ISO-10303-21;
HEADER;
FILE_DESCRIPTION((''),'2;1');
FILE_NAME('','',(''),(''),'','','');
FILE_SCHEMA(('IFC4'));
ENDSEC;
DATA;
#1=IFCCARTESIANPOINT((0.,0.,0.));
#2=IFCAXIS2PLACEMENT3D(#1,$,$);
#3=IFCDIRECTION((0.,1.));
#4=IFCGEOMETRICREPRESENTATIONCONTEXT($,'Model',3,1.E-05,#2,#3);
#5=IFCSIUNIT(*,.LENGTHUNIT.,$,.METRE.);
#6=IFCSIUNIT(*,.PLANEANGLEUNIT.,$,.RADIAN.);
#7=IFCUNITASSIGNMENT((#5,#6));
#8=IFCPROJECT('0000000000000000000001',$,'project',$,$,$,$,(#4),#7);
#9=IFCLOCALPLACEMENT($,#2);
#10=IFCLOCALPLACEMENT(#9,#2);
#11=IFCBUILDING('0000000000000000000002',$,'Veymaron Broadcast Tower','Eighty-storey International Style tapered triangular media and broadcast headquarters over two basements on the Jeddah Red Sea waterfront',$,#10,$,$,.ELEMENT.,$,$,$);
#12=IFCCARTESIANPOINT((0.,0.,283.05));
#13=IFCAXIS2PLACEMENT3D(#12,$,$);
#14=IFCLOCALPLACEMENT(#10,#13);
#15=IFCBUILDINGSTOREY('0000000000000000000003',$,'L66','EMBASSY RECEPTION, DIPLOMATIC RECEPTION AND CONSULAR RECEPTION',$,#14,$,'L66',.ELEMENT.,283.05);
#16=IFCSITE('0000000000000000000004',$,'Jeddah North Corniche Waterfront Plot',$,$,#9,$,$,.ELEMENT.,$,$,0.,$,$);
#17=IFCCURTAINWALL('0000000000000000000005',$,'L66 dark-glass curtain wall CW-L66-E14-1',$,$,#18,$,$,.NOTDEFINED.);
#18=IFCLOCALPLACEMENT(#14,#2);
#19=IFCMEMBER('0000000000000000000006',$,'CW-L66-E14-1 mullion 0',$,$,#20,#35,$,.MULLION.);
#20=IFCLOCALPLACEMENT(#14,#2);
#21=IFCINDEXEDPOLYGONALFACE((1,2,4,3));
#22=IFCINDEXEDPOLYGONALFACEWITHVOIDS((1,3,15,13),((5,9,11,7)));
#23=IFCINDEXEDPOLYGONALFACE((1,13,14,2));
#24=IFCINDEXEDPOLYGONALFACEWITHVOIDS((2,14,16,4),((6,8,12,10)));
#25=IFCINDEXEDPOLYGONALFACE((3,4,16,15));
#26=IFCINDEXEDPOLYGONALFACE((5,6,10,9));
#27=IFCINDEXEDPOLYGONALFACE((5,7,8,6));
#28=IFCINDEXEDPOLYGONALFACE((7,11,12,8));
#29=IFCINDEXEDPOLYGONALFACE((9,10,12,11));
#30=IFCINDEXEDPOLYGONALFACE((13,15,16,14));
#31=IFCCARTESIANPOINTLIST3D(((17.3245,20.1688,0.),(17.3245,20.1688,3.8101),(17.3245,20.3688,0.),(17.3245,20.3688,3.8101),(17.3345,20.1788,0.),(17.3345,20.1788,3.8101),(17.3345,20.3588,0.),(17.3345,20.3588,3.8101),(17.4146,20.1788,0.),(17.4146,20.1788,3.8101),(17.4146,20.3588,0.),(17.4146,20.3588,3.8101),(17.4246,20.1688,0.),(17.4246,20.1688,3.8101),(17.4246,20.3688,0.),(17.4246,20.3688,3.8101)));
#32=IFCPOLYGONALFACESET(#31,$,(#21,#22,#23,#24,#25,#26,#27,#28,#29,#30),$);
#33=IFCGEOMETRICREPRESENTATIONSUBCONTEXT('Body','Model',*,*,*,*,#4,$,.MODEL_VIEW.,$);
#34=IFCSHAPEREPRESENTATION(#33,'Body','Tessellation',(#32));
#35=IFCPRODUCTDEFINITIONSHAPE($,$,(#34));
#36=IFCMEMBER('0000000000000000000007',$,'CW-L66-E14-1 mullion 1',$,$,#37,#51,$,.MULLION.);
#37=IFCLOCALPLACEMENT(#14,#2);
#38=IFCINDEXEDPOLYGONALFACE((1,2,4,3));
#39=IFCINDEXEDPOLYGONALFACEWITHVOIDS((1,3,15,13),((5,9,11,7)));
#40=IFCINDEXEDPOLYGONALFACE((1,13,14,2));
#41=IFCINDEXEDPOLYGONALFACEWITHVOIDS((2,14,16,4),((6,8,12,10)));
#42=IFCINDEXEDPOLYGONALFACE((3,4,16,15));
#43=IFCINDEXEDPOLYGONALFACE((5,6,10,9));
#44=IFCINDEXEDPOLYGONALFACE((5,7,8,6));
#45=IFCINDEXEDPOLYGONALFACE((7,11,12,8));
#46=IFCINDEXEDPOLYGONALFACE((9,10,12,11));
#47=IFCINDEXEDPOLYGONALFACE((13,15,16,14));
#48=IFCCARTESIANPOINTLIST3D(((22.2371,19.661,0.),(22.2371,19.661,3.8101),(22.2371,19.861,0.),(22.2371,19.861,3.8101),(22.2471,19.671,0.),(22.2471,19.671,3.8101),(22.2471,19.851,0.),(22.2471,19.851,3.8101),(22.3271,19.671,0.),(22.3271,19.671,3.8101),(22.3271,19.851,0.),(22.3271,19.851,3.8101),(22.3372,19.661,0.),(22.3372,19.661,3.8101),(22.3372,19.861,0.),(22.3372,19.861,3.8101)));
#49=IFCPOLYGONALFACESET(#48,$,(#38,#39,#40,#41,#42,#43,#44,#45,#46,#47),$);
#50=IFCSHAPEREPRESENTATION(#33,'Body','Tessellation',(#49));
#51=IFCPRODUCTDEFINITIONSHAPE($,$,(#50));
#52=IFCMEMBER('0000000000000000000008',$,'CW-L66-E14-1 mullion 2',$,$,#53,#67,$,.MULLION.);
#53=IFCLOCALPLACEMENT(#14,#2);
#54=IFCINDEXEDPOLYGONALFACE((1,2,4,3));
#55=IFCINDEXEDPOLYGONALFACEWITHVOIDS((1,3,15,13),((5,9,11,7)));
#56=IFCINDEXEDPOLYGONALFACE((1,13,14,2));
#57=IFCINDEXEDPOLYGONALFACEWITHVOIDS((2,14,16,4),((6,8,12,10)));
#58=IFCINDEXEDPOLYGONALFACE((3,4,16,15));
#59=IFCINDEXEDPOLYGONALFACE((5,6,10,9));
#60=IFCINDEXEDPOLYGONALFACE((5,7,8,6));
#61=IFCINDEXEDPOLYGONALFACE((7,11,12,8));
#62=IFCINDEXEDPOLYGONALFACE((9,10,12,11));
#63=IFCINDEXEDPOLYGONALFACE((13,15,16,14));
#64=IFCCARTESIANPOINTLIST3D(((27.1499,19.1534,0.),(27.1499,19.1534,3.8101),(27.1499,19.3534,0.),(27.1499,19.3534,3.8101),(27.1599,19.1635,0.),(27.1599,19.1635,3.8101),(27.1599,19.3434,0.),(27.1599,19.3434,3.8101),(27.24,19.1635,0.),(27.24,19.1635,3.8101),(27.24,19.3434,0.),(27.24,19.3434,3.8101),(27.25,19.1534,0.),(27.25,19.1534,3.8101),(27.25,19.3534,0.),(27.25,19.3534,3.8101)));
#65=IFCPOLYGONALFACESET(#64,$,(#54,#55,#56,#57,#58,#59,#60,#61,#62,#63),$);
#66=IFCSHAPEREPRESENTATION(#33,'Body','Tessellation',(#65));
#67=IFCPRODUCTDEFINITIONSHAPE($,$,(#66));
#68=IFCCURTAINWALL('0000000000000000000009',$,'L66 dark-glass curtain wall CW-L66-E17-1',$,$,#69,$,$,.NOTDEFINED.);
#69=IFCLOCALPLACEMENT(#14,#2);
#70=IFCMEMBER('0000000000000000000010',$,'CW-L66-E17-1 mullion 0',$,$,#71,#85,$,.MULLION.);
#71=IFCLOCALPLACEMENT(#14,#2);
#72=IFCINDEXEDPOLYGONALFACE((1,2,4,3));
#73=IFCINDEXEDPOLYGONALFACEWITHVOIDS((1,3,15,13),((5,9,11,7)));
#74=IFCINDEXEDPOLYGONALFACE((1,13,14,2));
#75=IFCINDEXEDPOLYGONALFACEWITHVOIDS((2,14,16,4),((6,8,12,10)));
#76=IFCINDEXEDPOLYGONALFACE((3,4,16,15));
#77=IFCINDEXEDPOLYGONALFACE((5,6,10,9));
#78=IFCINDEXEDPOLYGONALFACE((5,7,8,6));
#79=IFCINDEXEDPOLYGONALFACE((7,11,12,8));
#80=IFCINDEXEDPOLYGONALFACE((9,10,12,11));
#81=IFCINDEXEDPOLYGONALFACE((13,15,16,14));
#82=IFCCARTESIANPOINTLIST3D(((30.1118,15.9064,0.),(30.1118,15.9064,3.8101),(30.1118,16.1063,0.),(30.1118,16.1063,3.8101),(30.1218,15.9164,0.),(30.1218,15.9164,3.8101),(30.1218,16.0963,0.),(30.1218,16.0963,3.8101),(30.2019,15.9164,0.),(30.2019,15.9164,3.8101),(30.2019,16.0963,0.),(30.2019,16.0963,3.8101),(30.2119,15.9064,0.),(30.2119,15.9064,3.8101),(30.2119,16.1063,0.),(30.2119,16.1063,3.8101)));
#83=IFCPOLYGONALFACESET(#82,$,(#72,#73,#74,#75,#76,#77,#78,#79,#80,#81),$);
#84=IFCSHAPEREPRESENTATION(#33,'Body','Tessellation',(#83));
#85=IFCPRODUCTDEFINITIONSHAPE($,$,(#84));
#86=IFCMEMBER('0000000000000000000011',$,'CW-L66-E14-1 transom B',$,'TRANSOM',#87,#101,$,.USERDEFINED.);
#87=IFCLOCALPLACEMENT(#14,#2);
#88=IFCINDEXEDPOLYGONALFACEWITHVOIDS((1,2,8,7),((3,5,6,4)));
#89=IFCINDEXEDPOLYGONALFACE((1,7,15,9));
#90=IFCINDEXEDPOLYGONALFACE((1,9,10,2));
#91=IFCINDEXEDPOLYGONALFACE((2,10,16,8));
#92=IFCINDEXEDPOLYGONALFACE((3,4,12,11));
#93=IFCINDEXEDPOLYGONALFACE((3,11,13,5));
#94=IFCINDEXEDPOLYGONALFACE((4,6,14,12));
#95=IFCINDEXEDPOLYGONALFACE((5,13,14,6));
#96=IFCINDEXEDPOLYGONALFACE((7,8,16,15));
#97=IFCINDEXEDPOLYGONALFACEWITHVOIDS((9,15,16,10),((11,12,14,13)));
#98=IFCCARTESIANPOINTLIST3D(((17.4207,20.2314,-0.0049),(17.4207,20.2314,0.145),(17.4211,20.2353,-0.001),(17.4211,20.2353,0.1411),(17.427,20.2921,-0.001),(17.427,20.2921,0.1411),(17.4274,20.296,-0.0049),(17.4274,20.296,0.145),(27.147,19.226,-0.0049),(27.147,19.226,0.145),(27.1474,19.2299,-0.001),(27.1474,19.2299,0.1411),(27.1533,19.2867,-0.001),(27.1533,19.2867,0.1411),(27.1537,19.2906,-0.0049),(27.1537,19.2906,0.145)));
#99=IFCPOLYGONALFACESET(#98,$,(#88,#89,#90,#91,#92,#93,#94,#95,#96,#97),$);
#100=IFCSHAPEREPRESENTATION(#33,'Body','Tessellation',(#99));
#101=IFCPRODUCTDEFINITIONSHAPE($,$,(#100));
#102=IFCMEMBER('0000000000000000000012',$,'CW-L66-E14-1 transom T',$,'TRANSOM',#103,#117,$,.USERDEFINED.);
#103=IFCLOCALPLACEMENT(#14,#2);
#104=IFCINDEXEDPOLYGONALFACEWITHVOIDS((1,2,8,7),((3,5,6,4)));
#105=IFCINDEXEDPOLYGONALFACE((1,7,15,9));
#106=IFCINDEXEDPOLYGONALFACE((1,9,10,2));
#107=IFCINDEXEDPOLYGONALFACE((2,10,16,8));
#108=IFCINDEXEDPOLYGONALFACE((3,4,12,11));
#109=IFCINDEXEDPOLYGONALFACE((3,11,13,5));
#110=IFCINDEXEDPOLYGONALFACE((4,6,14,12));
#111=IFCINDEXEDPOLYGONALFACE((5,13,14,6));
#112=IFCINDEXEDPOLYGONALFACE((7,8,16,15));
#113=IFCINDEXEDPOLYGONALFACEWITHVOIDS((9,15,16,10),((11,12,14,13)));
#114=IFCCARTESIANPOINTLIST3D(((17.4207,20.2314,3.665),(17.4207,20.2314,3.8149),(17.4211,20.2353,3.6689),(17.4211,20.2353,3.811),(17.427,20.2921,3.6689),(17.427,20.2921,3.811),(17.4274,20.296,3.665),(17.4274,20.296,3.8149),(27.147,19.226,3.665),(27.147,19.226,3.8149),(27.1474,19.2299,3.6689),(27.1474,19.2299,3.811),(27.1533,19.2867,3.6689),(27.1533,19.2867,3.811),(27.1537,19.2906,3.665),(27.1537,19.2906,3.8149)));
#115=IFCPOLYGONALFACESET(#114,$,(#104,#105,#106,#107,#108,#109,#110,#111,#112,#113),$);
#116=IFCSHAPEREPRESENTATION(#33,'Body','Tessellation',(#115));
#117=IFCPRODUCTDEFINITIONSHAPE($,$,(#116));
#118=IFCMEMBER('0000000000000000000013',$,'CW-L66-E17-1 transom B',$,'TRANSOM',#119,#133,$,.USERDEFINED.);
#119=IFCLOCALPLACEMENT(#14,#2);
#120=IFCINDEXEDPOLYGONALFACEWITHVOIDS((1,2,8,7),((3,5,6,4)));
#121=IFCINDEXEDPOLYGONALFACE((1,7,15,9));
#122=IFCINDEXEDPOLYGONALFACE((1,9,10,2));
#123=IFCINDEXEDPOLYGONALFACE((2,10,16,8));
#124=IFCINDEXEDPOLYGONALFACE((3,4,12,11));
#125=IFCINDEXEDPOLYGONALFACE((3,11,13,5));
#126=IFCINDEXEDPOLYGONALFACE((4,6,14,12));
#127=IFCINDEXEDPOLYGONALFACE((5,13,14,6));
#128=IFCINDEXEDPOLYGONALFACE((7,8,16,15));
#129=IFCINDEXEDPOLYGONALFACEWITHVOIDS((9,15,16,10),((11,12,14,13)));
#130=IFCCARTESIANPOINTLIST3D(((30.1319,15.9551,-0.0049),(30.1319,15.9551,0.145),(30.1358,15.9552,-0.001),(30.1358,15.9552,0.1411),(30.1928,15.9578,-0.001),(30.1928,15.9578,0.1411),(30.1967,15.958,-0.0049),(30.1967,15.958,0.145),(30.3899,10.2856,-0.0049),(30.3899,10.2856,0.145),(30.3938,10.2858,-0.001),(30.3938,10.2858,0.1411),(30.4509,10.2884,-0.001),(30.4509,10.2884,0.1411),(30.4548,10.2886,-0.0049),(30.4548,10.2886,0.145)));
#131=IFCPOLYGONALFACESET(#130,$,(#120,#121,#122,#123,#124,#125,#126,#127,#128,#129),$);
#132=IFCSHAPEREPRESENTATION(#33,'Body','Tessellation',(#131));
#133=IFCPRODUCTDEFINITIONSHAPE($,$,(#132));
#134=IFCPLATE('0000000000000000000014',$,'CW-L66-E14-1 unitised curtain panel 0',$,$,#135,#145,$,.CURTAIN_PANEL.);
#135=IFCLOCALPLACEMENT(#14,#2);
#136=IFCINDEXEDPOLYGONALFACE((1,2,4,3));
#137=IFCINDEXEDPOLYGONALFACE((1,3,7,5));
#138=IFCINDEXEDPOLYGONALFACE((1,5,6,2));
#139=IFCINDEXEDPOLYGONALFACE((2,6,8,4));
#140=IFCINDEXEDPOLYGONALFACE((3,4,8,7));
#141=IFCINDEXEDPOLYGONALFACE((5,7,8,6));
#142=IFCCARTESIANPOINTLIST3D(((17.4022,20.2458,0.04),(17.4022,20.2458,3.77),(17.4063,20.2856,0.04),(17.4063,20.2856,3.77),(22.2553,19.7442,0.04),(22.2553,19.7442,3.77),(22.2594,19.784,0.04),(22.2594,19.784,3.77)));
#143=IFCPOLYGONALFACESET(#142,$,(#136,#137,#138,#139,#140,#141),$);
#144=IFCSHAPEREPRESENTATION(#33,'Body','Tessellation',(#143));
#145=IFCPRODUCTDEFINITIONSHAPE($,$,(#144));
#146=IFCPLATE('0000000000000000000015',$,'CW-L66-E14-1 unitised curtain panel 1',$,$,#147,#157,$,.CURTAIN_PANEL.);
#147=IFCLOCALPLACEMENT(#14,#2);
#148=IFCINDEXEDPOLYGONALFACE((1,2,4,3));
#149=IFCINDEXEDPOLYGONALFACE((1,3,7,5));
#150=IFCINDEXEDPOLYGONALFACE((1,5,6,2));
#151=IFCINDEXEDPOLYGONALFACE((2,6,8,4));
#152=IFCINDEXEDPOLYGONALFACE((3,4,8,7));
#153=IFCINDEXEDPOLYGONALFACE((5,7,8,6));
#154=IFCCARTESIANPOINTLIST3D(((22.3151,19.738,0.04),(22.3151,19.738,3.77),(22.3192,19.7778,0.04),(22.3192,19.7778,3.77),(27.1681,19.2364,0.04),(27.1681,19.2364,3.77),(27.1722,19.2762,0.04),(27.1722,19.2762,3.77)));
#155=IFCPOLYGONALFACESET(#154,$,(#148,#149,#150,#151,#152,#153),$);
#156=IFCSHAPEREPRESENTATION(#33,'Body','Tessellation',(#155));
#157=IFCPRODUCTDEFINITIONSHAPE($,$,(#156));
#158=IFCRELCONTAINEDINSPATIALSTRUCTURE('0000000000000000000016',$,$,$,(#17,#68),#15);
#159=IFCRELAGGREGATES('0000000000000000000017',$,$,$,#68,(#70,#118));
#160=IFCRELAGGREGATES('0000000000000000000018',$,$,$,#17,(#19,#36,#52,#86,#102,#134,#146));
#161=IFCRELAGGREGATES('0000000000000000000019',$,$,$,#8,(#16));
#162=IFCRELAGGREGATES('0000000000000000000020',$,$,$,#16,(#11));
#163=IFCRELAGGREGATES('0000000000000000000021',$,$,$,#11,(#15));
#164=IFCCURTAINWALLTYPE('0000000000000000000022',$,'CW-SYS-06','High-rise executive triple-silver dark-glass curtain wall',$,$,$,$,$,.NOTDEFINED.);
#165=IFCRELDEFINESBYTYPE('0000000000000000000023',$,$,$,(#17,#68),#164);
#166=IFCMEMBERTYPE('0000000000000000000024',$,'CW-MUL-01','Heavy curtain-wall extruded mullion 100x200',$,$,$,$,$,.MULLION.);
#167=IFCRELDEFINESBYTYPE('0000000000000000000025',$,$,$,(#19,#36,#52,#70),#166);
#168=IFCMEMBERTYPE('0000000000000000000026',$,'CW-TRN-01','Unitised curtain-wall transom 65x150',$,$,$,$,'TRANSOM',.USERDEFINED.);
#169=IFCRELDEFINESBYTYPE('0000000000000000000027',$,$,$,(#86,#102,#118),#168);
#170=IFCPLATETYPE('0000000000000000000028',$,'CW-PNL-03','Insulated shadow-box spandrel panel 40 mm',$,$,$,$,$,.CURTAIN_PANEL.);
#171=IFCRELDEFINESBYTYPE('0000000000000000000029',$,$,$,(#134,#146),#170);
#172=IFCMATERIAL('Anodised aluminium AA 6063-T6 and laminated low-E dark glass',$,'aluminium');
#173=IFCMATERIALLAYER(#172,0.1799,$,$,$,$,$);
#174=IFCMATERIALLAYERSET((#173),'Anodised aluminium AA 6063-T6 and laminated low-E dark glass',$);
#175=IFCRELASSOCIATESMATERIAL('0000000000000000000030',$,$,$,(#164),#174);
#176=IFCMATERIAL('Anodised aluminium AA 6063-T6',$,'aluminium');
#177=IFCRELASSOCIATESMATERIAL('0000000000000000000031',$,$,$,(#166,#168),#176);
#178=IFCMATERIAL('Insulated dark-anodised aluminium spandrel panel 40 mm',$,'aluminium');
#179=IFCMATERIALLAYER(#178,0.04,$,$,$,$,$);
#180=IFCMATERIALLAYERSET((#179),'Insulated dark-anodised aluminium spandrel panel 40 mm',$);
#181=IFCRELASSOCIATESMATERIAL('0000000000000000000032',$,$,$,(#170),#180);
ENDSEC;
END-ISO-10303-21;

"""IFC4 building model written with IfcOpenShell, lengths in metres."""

from ifc_helpers import new_model, si_unit, direction, frame, origin, origin_2d, place, context, subcontext, project, spatial, rectangle, hollow_rectangle, extrude, material, layer, layer_set, material_profile, profile_set, type_object, element, aggregate, save


model = new_model("IFC4")

# Units and contexts
model_context = context("Model", 3, precision=1e-05, world=origin(), true_north=direction((0.0, 1.0)))
body_context = subcontext(model_context, "Body", "Model", "MODEL_VIEW")
ifc_project = project(units=[si_unit("LENGTHUNIT", "METRE"), si_unit("PLANEANGLEUNIT", "RADIAN")], contexts=[model_context])

# Site, building, storey
site_placement = place(None, origin())
site = spatial("IfcSite", under=ifc_project, at=site_placement, Name="Jeddah North Corniche Waterfront Plot", CompositionType="ELEMENT", RefElevation=0.0)
building_placement = place(site_placement, origin())
building = spatial("IfcBuilding", under=site, at=building_placement, Name="Veymaron Broadcast Tower", Description="Eighty-storey International Style tapered triangular media and broadcast headquarters over two basements on the Jeddah Red Sea waterfront", CompositionType="ELEMENT")
storey_placement = place(building_placement, frame((0.0, 0.0, 283.05)))
storey = spatial("IfcBuildingStorey", under=building, at=storey_placement, Name="L66", Description="EMBASSY RECEPTION, DIPLOMATIC RECEPTION AND CONSULAR RECEPTION", LongName="L66", CompositionType="ELEMENT", Elevation=283.05)

# Curtain wall, members
ifc_material_1 = material(Name="Anodised aluminium AA 6063-T6 and laminated low-E dark glass", Category="aluminium")
ifc_layer_1 = layer(ifc_material_1, 0.1799)
ifc_layer_set_1 = layer_set([ifc_layer_1], Name="Anodised aluminium AA 6063-T6 and laminated low-E dark glass")
curtain_wall_type = type_object("IfcCurtainWallType", Name="CW-SYS-06", Description="High-rise executive triple-silver dark-glass curtain wall", PredefinedType="NOTDEFINED", material=ifc_layer_set_1)
curtain_wall_1_placement = place(storey_placement, origin())
curtain_wall_1 = element("IfcCurtainWall", 1, at=curtain_wall_1_placement, inside=storey, type_object=curtain_wall_type, Name="L66 dark-glass curtain wall CW-L66-E14-1", PredefinedType="NOTDEFINED")
ifc_material_2 = material(Name="Anodised aluminium AA 6063-T6", Category="aluminium")
ifc_material_profile_1 = material_profile(ifc_material_2, hollow_rectangle(XDim=0.1001, YDim=0.2, WallThickness=0.01, at=origin_2d()), Name="RHS200X100X10")
ifc_profile_set_1 = profile_set([ifc_material_profile_1], Name="Anodised aluminium AA 6063-T6")
member_type_1 = type_object("IfcMemberType", Name="CW-MUL-01", Description="Heavy curtain-wall extruded mullion 100x200", PredefinedType="MULLION", material=ifc_profile_set_1)
member_1_placement = place(storey_placement, frame((17.3745, 20.2688, 0.0), z_axis=(0.0, 0.0, 1.0), x_axis=(1.0, 0.0, 0.0)))
member_1 = element("IfcMember", 2, at=member_1_placement, type_object=member_type_1, Name="CW-L66-E14-1 mullion 0", PredefinedType="MULLION", context=body_context, shape_type="SweptSolid", body=[
    extrude(hollow_rectangle(XDim=0.1001, YDim=0.2, WallThickness=0.01, at=origin_2d()), origin(), (0.0, 0.0, 1.0), 3.8101),
])
member_2_placement = place(storey_placement, frame((22.2871, 19.761, 0.0), z_axis=(0.0, 0.0, 1.0), x_axis=(1.0, 0.0, 0.0)))
member_2 = element("IfcMember", 3, at=member_2_placement, type_object=member_type_1, Name="CW-L66-E14-1 mullion 1", PredefinedType="MULLION", context=body_context, shape_type="SweptSolid", body=[
    extrude(hollow_rectangle(XDim=0.1001, YDim=0.2, WallThickness=0.01, at=origin_2d()), origin(), (0.0, 0.0, 1.0), 3.8101),
])
member_3_placement = place(storey_placement, frame((27.2, 19.2534, 0.0), z_axis=(0.0, 0.0, 1.0), x_axis=(1.0, 0.0, 0.0)))
member_3 = element("IfcMember", 4, at=member_3_placement, type_object=member_type_1, Name="CW-L66-E14-1 mullion 2", PredefinedType="MULLION", context=body_context, shape_type="SweptSolid", body=[
    extrude(hollow_rectangle(XDim=0.1001, YDim=0.2, WallThickness=0.01, at=origin_2d()), origin(), (0.0, 0.0, 1.0), 3.8101),
])

# Curtain wall, member
curtain_wall_2_placement = place(storey_placement, origin())
curtain_wall_2 = element("IfcCurtainWall", 5, at=curtain_wall_2_placement, inside=storey, type_object=curtain_wall_type, Name="L66 dark-glass curtain wall CW-L66-E17-1", PredefinedType="NOTDEFINED")
member_4_placement = place(storey_placement, frame((30.1619, 16.0063, 0.0), z_axis=(0.0, 0.0, 1.0), x_axis=(1.0, 0.0, 0.0)))
member_4 = element("IfcMember", 6, at=member_4_placement, type_object=member_type_1, Name="CW-L66-E17-1 mullion 0", PredefinedType="MULLION", context=body_context, shape_type="SweptSolid", body=[
    extrude(hollow_rectangle(XDim=0.1001, YDim=0.2, WallThickness=0.01, at=origin_2d()), origin(), (0.0, 0.0, 1.0), 3.8101),
])

# Members
ifc_material_profile_2 = material_profile(ifc_material_2, hollow_rectangle(XDim=0.0649, YDim=0.1499, WallThickness=0.0039, at=origin_2d()), Name="AL150X65X4")
ifc_profile_set_2 = profile_set([ifc_material_profile_2], Name="Anodised aluminium AA 6063-T6")
member_type_2 = type_object("IfcMemberType", Name="CW-TRN-01", Description="Unitised curtain-wall transom 65x150", ElementType="TRANSOM", PredefinedType="USERDEFINED", material=ifc_profile_set_2)
member_5_placement = place(storey_placement, frame((17.4241, 20.2637, 0.0701), z_axis=(0.9947, -0.102818, 0.0), x_axis=(0.102818, 0.9947, 0.0)))
member_5 = element("IfcMember", 7, at=member_5_placement, type_object=member_type_2, Name="CW-L66-E14-1 transom B", ObjectType="TRANSOM", PredefinedType="USERDEFINED", context=body_context, shape_type="SweptSolid", body=[
    extrude(hollow_rectangle(XDim=0.0649, YDim=0.1499, WallThickness=0.0039, at=origin_2d()), origin(), (0.0, 0.0, 1.0), 9.7781),
])
member_6_placement = place(storey_placement, frame((17.4241, 20.2637, 3.74), z_axis=(0.9947, -0.102818, 0.0), x_axis=(0.102818, 0.9947, 0.0)))
member_6 = element("IfcMember", 8, at=member_6_placement, type_object=member_type_2, Name="CW-L66-E14-1 transom T", ObjectType="TRANSOM", PredefinedType="USERDEFINED", context=body_context, shape_type="SweptSolid", body=[
    extrude(hollow_rectangle(XDim=0.0649, YDim=0.1499, WallThickness=0.0039, at=origin_2d()), origin(), (0.0, 0.0, 1.0), 9.7781),
])
member_7_placement = place(storey_placement, frame((30.1643, 15.9565, 0.0701), z_axis=(0.04547, -0.998966, 0.0), x_axis=(0.998966, 0.04547, 0.0)))
member_7 = element("IfcMember", 9, at=member_7_placement, type_object=member_type_2, Name="CW-L66-E17-1 transom B", ObjectType="TRANSOM", PredefinedType="USERDEFINED", context=body_context, shape_type="SweptSolid", body=[
    extrude(hollow_rectangle(XDim=0.0649, YDim=0.1499, WallThickness=0.0039, at=origin_2d()), origin(), (0.0, 0.0, 1.0), 5.6753),
])
aggregate(curtain_wall_2, [member_4, member_7])

# Plates
ifc_material_3 = material(Name="Insulated dark-anodised aluminium spandrel panel 40 mm", Category="aluminium")
ifc_layer_2 = layer(ifc_material_3, 0.04)
ifc_layer_set_2 = layer_set([ifc_layer_2], Name="Insulated dark-anodised aluminium spandrel panel 40 mm")
plate_type = type_object("IfcPlateType", Name="CW-PNL-03", Description="Insulated shadow-box spandrel panel 40 mm", PredefinedType="CURTAIN_PANEL", material=ifc_layer_set_2)
plate_1_placement = place(storey_placement, frame((19.8308, 20.0149, 0.04), z_axis=(0.0, 0.0, 1.0), x_axis=(0.994701, -0.10281, 0.0)))
plate_1 = element("IfcPlate", 10, at=plate_1_placement, type_object=plate_type, Name="CW-L66-E14-1 unitised curtain panel 0", PredefinedType="CURTAIN_PANEL", context=body_context, shape_type="SweptSolid", body=[
    extrude(rectangle(XDim=4.8789, YDim=0.04, at=origin_2d()), origin(), (0.0, 0.0, 1.0), 3.73),
])
plate_2_placement = place(storey_placement, frame((24.7437, 19.5071, 0.04), z_axis=(0.0, 0.0, 1.0), x_axis=(0.994701, -0.10281, 0.0)))
plate_2 = element("IfcPlate", 11, at=plate_2_placement, type_object=plate_type, Name="CW-L66-E14-1 unitised curtain panel 1", PredefinedType="CURTAIN_PANEL", context=body_context, shape_type="SweptSolid", body=[
    extrude(rectangle(XDim=4.8789, YDim=0.04, at=origin_2d()), origin(), (0.0, 0.0, 1.0), 3.73),
])
aggregate(curtain_wall_1, [member_1, member_2, member_3, member_5, member_6, plate_1, plate_2])

save(model, "model.ifc")
